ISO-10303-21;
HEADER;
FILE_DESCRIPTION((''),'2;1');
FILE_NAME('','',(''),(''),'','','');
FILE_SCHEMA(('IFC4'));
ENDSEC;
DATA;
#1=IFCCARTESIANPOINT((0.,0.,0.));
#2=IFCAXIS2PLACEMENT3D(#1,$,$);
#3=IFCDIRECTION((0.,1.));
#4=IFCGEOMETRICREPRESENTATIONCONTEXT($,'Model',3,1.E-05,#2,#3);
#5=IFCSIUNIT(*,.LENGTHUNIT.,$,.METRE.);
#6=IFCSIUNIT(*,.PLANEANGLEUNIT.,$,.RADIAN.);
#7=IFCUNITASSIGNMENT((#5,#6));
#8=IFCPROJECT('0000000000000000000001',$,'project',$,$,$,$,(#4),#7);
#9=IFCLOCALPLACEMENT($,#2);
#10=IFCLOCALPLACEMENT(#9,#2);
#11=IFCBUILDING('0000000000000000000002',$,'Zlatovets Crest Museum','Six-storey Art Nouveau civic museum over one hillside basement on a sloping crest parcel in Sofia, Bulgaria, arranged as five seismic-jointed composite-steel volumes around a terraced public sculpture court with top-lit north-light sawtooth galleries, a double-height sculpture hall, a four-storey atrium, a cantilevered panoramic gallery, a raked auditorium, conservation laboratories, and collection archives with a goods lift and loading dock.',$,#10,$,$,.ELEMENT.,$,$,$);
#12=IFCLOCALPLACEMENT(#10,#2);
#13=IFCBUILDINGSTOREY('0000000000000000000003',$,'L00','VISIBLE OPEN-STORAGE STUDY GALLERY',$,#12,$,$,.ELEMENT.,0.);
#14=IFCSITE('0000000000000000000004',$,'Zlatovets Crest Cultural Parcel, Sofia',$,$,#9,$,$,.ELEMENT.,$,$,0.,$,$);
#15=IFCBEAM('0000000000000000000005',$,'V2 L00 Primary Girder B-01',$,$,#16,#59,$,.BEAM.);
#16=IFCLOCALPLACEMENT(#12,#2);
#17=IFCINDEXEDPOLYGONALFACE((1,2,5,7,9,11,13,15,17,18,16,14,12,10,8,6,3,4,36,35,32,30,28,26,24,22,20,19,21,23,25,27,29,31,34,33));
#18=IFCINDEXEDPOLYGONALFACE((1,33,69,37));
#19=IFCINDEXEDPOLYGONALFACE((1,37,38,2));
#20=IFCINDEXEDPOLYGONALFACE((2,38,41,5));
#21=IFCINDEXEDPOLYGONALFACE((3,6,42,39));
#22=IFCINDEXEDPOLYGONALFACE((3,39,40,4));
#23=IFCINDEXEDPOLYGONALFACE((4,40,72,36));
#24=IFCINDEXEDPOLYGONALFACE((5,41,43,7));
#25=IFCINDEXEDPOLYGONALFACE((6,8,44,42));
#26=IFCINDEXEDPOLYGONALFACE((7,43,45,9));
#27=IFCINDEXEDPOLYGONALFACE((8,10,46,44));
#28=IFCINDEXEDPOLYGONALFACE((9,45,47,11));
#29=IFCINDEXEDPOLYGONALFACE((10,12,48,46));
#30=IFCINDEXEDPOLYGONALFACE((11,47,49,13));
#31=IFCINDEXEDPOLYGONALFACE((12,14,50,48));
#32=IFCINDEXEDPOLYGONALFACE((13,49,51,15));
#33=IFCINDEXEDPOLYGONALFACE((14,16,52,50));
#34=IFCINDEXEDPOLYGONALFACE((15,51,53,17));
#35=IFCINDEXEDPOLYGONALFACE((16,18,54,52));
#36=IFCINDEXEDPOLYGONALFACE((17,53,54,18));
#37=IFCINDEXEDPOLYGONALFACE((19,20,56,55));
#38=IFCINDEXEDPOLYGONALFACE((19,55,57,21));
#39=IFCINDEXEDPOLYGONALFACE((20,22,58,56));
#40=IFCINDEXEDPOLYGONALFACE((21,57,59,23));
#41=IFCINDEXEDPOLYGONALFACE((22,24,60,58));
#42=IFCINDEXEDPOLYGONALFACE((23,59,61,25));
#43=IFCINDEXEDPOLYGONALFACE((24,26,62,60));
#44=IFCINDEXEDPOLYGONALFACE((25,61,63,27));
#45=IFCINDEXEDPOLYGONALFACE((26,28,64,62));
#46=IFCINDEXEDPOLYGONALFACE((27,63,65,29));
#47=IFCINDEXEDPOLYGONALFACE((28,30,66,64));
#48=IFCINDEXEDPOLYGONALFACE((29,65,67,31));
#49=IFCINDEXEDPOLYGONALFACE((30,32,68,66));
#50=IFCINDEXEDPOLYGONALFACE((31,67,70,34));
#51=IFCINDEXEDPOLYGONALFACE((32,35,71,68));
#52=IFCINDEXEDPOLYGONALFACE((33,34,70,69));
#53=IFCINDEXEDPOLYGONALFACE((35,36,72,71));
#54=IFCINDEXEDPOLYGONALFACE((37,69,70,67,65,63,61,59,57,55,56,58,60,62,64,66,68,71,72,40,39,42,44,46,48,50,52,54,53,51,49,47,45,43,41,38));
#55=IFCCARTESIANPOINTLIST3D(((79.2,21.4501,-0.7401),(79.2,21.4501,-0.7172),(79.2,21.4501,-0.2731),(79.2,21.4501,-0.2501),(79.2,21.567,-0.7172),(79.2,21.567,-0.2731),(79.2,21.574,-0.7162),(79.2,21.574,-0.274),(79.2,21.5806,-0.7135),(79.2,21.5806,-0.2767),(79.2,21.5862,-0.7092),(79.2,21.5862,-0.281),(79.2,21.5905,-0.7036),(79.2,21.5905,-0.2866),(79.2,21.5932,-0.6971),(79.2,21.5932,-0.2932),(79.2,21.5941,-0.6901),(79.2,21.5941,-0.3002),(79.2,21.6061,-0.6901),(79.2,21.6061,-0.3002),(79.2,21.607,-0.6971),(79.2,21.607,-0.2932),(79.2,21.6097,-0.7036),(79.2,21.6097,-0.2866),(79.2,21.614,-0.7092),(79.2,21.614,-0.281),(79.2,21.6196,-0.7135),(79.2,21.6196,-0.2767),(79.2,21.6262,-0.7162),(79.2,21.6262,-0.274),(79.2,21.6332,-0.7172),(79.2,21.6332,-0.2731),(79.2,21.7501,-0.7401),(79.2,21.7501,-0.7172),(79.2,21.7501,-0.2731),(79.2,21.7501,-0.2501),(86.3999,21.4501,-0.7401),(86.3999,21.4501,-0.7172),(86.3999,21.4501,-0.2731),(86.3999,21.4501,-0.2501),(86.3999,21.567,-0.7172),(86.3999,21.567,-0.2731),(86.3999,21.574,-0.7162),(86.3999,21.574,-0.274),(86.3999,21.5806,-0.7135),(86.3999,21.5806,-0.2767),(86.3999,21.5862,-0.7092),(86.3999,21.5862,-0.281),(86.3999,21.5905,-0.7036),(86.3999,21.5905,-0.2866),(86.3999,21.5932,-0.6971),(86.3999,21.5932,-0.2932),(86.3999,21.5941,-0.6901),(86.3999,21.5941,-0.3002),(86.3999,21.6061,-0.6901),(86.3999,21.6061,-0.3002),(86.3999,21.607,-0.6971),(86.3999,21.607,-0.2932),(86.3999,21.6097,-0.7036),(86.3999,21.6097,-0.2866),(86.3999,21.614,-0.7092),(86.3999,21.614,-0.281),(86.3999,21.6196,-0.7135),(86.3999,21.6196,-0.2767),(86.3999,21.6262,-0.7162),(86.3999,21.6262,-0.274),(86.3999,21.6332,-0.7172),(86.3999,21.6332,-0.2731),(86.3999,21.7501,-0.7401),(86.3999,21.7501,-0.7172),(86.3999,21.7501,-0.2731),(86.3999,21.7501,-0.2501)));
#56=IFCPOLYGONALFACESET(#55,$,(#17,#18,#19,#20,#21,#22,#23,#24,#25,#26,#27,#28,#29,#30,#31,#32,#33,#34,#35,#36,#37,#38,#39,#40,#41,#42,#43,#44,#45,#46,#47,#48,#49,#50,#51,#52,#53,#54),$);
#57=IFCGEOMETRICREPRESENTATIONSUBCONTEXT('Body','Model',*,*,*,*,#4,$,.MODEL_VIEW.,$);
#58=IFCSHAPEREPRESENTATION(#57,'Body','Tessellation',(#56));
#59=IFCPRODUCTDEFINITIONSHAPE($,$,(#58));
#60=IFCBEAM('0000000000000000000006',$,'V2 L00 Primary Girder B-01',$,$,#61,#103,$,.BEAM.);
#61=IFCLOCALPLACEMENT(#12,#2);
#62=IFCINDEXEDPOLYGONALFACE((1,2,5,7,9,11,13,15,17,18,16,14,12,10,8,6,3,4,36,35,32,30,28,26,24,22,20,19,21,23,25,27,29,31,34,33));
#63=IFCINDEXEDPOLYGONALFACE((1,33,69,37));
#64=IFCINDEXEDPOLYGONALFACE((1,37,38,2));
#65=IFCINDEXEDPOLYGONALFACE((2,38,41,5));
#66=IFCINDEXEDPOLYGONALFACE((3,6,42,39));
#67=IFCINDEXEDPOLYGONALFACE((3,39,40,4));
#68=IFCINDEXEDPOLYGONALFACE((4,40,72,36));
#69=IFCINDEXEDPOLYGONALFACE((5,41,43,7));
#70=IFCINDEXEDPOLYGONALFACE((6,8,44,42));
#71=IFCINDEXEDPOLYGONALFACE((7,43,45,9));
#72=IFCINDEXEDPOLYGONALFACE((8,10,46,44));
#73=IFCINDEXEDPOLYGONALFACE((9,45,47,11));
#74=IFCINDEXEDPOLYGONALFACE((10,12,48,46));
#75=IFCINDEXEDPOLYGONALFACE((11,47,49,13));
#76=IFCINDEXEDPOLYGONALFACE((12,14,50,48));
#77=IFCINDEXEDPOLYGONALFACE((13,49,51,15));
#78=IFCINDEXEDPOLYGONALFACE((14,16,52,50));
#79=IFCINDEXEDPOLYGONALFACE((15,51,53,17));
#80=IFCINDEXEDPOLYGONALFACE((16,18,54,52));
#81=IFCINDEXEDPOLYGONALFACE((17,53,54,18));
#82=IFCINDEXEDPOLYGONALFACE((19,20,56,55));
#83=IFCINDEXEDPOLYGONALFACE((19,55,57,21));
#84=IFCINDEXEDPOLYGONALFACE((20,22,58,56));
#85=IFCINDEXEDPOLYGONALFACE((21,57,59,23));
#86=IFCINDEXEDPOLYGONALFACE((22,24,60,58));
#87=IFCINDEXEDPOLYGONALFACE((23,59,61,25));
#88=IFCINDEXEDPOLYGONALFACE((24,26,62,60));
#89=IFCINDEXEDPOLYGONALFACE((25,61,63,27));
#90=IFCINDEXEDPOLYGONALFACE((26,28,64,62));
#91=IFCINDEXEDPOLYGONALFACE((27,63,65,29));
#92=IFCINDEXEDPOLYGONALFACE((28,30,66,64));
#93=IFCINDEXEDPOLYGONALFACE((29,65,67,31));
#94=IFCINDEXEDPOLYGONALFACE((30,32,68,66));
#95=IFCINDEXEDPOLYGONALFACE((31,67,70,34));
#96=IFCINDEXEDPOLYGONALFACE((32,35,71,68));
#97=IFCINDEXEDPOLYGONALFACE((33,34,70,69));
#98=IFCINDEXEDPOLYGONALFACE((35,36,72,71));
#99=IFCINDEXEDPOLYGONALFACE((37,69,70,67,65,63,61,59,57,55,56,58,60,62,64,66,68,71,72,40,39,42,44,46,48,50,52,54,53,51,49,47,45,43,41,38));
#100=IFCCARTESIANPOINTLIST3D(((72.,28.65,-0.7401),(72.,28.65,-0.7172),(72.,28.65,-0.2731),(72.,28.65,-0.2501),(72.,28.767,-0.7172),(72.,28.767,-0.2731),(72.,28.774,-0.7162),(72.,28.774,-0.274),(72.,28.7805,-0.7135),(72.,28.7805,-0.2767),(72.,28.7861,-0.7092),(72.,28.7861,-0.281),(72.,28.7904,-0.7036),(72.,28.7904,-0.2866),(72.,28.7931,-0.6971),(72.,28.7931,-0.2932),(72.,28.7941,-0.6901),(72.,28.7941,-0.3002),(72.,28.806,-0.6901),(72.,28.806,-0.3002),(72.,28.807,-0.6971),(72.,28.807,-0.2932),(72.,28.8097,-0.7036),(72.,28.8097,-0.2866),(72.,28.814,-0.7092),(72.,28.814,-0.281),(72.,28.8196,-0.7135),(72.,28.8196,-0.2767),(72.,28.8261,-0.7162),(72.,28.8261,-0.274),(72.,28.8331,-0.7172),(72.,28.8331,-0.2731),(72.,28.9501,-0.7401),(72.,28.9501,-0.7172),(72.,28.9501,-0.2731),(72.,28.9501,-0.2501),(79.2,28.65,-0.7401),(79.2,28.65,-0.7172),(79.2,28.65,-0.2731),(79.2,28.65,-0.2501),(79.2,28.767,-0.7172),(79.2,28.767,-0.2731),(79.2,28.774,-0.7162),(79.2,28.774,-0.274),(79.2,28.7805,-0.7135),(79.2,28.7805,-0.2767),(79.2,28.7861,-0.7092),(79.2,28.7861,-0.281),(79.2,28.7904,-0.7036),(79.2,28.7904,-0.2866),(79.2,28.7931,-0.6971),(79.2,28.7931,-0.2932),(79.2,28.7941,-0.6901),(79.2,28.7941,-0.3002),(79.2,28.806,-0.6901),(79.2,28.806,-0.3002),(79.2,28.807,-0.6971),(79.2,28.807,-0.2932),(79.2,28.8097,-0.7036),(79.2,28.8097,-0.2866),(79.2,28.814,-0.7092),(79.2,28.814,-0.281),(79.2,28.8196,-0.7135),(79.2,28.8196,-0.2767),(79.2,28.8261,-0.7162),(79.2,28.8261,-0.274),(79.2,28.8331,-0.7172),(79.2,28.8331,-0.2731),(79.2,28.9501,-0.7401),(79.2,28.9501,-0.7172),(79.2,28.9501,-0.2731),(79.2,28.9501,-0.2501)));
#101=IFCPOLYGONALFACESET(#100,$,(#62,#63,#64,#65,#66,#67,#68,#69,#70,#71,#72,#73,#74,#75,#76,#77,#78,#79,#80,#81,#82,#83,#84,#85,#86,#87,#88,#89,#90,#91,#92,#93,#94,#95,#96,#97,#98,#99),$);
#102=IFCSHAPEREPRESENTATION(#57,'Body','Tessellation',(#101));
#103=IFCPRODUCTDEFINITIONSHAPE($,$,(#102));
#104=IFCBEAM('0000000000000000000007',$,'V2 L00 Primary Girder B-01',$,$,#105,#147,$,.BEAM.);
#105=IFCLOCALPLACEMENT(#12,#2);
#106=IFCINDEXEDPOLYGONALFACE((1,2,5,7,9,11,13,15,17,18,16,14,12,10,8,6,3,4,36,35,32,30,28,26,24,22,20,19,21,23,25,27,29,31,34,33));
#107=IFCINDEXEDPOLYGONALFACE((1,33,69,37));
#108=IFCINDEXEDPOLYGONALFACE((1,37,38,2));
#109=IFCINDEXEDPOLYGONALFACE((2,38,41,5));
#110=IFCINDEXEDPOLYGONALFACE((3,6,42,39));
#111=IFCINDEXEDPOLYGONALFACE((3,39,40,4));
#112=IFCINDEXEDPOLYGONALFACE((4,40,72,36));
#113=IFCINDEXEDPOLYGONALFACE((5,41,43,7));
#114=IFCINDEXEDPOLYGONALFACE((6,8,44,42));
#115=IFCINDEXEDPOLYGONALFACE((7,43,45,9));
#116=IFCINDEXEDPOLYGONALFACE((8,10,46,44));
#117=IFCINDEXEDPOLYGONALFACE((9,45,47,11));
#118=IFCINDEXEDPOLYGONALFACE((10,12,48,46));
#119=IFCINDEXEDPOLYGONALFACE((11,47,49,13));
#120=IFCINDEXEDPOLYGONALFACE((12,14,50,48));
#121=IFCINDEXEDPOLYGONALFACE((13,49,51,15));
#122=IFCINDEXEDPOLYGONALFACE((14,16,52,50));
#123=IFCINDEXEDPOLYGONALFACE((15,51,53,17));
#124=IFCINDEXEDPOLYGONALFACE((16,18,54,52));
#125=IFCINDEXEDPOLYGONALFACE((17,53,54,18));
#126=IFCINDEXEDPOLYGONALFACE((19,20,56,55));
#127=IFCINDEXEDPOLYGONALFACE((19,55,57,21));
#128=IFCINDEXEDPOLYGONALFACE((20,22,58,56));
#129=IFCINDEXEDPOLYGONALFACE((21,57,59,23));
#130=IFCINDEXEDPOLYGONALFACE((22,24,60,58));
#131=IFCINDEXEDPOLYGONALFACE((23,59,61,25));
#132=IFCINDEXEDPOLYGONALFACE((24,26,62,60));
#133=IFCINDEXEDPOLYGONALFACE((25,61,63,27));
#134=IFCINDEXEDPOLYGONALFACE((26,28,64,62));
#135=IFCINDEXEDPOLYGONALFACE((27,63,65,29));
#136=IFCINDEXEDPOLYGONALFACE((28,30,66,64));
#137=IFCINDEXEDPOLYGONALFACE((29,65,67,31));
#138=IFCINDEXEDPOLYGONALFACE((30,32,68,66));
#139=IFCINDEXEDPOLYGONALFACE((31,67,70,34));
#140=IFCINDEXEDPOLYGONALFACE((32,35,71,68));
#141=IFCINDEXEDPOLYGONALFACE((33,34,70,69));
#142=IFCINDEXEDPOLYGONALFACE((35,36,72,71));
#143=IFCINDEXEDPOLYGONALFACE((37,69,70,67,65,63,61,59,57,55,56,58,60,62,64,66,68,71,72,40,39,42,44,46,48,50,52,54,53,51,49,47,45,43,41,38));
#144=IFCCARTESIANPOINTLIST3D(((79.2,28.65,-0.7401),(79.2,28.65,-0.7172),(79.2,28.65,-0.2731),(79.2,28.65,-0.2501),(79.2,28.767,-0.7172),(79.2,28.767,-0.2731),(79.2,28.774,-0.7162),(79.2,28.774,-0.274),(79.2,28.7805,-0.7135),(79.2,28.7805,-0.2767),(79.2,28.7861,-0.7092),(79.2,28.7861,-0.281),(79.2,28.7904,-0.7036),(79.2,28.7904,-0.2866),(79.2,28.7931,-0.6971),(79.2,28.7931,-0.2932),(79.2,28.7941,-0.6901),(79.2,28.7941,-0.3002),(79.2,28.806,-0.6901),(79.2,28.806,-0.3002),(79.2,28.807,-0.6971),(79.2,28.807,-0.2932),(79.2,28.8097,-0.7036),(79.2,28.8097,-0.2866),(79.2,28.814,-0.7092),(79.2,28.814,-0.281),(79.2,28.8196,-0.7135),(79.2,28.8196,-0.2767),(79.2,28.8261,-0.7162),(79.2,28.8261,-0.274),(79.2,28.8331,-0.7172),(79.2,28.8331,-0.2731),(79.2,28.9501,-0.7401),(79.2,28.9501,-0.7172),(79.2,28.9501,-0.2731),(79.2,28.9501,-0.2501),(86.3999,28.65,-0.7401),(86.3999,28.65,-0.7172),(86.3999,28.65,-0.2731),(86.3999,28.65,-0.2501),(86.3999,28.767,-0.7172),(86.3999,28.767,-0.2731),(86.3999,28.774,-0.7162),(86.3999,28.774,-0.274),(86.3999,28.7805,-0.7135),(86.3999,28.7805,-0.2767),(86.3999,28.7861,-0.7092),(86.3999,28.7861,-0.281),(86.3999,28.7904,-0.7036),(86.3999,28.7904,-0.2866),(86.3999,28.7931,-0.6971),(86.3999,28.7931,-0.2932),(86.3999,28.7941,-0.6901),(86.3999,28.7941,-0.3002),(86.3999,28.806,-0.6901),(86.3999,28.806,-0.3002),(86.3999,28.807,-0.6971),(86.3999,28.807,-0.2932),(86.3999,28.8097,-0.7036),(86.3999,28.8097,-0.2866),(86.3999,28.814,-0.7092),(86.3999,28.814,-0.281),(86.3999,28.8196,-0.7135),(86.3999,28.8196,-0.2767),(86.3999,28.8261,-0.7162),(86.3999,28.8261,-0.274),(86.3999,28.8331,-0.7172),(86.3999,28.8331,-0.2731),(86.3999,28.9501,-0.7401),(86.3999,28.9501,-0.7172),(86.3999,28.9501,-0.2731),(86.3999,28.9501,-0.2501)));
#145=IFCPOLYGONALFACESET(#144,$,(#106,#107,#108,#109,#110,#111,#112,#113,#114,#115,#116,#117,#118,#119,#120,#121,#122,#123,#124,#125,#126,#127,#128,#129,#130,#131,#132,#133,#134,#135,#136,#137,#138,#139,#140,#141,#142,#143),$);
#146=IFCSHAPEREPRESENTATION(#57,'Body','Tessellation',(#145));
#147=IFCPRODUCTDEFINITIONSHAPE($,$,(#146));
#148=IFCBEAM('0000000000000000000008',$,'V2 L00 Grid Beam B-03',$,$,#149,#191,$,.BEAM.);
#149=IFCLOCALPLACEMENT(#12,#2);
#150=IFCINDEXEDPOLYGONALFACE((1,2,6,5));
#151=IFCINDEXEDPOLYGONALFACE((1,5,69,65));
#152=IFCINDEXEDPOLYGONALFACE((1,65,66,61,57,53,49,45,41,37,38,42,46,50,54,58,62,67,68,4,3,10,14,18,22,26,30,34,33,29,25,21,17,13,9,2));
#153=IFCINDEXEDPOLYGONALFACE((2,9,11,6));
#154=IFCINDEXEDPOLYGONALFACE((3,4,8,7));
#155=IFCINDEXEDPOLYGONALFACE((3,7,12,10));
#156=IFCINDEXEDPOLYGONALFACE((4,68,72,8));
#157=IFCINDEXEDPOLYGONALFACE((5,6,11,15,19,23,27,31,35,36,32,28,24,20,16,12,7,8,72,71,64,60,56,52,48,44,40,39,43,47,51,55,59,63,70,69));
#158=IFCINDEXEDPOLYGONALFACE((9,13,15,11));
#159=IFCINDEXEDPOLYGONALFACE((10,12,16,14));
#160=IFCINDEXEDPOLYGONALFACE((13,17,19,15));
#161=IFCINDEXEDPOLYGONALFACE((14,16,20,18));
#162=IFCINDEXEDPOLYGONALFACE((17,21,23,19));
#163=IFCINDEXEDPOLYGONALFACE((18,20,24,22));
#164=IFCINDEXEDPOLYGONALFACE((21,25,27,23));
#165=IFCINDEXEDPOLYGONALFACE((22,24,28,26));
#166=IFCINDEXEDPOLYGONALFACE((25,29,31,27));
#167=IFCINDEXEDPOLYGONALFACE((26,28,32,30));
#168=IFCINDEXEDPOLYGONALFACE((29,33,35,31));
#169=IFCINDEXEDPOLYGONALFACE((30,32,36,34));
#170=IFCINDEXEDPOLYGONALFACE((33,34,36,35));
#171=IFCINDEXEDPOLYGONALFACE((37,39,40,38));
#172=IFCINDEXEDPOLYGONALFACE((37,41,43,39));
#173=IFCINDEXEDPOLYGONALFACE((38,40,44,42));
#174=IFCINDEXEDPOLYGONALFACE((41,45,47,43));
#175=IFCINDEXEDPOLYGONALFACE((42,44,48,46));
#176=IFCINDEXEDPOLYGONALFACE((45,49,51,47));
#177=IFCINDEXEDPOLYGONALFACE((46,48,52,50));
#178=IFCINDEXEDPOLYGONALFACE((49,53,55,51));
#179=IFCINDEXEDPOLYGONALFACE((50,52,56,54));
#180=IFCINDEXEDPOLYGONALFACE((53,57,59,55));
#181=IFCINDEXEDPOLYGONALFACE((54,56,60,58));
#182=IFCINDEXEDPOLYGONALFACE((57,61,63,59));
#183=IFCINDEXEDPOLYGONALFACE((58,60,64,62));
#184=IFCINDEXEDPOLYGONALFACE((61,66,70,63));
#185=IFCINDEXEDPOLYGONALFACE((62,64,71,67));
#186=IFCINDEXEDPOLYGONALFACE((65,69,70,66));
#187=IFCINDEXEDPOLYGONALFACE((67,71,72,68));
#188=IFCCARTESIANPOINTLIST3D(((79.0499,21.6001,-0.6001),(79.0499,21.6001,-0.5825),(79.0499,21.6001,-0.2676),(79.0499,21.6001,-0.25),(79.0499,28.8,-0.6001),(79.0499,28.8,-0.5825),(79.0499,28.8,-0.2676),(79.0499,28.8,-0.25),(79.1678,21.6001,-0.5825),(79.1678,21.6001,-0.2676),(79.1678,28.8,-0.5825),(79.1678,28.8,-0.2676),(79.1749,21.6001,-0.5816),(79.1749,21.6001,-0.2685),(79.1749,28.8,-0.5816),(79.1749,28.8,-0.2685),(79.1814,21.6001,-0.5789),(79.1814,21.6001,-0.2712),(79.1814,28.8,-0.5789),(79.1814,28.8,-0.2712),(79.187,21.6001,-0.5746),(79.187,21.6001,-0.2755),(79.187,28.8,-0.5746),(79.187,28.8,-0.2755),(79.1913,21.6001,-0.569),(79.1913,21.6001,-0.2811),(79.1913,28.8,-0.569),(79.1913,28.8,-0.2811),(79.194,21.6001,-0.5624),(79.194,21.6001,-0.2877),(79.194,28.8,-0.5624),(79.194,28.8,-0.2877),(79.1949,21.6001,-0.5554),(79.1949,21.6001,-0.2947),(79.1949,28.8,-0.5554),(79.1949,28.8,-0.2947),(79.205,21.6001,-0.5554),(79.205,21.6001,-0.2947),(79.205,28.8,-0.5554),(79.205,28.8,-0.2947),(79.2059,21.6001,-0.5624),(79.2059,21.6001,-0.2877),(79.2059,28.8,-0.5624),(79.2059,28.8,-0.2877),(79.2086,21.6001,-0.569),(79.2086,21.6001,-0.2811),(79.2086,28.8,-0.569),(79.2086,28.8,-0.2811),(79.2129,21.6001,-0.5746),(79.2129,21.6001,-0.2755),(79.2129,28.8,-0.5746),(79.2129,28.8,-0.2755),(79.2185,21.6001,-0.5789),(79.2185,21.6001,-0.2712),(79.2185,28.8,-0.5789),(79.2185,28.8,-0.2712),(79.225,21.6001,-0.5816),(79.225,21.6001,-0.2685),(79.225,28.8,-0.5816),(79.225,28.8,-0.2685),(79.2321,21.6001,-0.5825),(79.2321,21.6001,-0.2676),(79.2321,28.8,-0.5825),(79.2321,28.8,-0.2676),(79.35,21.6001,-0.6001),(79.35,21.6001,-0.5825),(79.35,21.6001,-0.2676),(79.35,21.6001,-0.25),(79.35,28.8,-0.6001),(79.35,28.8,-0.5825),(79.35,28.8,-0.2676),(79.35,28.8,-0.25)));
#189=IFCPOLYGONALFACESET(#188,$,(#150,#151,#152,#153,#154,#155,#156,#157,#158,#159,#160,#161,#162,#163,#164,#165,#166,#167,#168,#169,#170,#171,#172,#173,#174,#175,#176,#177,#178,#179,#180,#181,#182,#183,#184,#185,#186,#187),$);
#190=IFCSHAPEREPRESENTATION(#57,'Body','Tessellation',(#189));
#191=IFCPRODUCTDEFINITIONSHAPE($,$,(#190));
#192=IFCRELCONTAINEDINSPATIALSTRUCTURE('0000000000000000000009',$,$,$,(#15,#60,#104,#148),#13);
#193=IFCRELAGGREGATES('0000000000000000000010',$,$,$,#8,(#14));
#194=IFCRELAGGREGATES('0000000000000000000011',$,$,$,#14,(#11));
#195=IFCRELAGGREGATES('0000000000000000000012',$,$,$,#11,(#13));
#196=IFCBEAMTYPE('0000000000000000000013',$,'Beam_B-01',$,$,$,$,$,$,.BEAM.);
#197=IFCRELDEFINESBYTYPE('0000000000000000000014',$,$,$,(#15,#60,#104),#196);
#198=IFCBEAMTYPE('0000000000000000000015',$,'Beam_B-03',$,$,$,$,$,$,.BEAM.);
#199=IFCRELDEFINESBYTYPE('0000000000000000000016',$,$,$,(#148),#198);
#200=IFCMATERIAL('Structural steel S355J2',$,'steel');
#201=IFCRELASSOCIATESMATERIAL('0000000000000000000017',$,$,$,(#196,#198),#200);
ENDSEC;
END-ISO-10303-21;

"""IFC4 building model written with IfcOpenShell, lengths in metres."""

from ifc_helpers import new_model, si_unit, direction, frame, origin, origin_2d, place, context, subcontext, project, spatial, i_section, extrude, material, material_profile, profile_set, type_object, element, save


model = new_model("IFC4")

# Units and contexts
model_context = context("Model", 3, precision=1e-05, world=origin(), true_north=direction((0.0, 1.0)))
body_context = subcontext(model_context, "Body", "Model", "MODEL_VIEW")
ifc_project = project(units=[si_unit("LENGTHUNIT", "METRE"), si_unit("PLANEANGLEUNIT", "RADIAN")], contexts=[model_context])

# Site, building, storey
site_placement = place(None, origin())
site = spatial("IfcSite", under=ifc_project, at=site_placement, Name="Zlatovets Crest Cultural Parcel, Sofia", CompositionType="ELEMENT", RefElevation=0.0)
building_placement = place(site_placement, origin())
building = spatial("IfcBuilding", under=site, at=building_placement, Name="Zlatovets Crest Museum", Description="Six-storey Art Nouveau civic museum over one hillside basement on a sloping crest parcel in Sofia, Bulgaria, arranged as five seismic-jointed composite-steel volumes around a terraced public sculpture court with top-lit north-light sawtooth galleries, a double-height sculpture hall, a four-storey atrium, a cantilevered panoramic gallery, a raked auditorium, conservation laboratories, and collection archives with a goods lift and loading dock.", CompositionType="ELEMENT")
storey_placement = place(building_placement, origin())
storey = spatial("IfcBuildingStorey", under=building, at=storey_placement, Name="L00", Description="VISIBLE OPEN-STORAGE STUDY GALLERY", CompositionType="ELEMENT", Elevation=0.0)

# Shared definitions
ifc_material_1 = material(Name="Structural steel S355J2", Category="steel")

# Beams
ifc_material_profile_1 = material_profile(ifc_material_1, i_section(OverallWidth=0.3, OverallDepth=0.49, WebThickness=0.012, FlangeThickness=0.0229, FilletRadius=0.0271, at=origin_2d()), Name="HEA 500")
ifc_profile_set_1 = profile_set([ifc_material_profile_1], Name="Structural steel S355J2")
beam_type_1 = type_object("IfcBeamType", Name="Beam_B-01", PredefinedType="BEAM", material=ifc_profile_set_1)
for number, where, z_axis, x_axis, name in (
    (1, (79.2, 21.6001, -0.4951), (1.0, 0.0, 0.0), (0.0, 1.0, 0.0), "V2 L00 Primary Girder B-01"),
    (2, (72.0, 28.8, -0.4951), (1.0, 0.0, 0.0), (0.0, 1.0, 0.0), "V2 L00 Primary Girder B-01"),
    (3, (79.2, 28.8, -0.4951), (1.0, 0.0, 0.0), (0.0, 1.0, 0.0), "V2 L00 Primary Girder B-01"),
):
    element("IfcBeam", number, at=place(storey_placement, frame(where, z_axis=z_axis, x_axis=x_axis)), inside=storey, type_object=beam_type_1, Name=name, PredefinedType="BEAM", context=body_context, shape_type="SweptSolid", body=[
        extrude(i_section(OverallWidth=0.3, OverallDepth=0.49, WebThickness=0.012, FlangeThickness=0.0229, FilletRadius=0.0271, at=origin_2d()), origin(), (0.0, 0.0, 1.0), 7.2),
    ])
ifc_material_profile_2 = material_profile(ifc_material_1, i_section(OverallWidth=0.3, OverallDepth=0.3501, WebThickness=0.01, FlangeThickness=0.0176, FilletRadius=0.0271, at=origin_2d()), Name="HEA 360")
ifc_profile_set_2 = profile_set([ifc_material_profile_2], Name="Structural steel S355J2")
beam_type_2 = type_object("IfcBeamType", Name="Beam_B-03", PredefinedType="BEAM", material=ifc_profile_set_2)
beam_1_placement = place(storey_placement, frame((79.2, 21.6001, -0.425), z_axis=(0.0, 1.0, 0.0), x_axis=(-1.0, 0.0, 0.0)))
element("IfcBeam", 4, at=beam_1_placement, inside=storey, type_object=beam_type_2, Name="V2 L00 Grid Beam B-03", PredefinedType="BEAM", context=body_context, shape_type="SweptSolid", body=[
    extrude(i_section(OverallWidth=0.3, OverallDepth=0.3501, WebThickness=0.01, FlangeThickness=0.0176, FilletRadius=0.0271, at=origin_2d()), origin(), (0.0, 0.0, 1.0), 7.2),
])

save(model, "model.ifc")
